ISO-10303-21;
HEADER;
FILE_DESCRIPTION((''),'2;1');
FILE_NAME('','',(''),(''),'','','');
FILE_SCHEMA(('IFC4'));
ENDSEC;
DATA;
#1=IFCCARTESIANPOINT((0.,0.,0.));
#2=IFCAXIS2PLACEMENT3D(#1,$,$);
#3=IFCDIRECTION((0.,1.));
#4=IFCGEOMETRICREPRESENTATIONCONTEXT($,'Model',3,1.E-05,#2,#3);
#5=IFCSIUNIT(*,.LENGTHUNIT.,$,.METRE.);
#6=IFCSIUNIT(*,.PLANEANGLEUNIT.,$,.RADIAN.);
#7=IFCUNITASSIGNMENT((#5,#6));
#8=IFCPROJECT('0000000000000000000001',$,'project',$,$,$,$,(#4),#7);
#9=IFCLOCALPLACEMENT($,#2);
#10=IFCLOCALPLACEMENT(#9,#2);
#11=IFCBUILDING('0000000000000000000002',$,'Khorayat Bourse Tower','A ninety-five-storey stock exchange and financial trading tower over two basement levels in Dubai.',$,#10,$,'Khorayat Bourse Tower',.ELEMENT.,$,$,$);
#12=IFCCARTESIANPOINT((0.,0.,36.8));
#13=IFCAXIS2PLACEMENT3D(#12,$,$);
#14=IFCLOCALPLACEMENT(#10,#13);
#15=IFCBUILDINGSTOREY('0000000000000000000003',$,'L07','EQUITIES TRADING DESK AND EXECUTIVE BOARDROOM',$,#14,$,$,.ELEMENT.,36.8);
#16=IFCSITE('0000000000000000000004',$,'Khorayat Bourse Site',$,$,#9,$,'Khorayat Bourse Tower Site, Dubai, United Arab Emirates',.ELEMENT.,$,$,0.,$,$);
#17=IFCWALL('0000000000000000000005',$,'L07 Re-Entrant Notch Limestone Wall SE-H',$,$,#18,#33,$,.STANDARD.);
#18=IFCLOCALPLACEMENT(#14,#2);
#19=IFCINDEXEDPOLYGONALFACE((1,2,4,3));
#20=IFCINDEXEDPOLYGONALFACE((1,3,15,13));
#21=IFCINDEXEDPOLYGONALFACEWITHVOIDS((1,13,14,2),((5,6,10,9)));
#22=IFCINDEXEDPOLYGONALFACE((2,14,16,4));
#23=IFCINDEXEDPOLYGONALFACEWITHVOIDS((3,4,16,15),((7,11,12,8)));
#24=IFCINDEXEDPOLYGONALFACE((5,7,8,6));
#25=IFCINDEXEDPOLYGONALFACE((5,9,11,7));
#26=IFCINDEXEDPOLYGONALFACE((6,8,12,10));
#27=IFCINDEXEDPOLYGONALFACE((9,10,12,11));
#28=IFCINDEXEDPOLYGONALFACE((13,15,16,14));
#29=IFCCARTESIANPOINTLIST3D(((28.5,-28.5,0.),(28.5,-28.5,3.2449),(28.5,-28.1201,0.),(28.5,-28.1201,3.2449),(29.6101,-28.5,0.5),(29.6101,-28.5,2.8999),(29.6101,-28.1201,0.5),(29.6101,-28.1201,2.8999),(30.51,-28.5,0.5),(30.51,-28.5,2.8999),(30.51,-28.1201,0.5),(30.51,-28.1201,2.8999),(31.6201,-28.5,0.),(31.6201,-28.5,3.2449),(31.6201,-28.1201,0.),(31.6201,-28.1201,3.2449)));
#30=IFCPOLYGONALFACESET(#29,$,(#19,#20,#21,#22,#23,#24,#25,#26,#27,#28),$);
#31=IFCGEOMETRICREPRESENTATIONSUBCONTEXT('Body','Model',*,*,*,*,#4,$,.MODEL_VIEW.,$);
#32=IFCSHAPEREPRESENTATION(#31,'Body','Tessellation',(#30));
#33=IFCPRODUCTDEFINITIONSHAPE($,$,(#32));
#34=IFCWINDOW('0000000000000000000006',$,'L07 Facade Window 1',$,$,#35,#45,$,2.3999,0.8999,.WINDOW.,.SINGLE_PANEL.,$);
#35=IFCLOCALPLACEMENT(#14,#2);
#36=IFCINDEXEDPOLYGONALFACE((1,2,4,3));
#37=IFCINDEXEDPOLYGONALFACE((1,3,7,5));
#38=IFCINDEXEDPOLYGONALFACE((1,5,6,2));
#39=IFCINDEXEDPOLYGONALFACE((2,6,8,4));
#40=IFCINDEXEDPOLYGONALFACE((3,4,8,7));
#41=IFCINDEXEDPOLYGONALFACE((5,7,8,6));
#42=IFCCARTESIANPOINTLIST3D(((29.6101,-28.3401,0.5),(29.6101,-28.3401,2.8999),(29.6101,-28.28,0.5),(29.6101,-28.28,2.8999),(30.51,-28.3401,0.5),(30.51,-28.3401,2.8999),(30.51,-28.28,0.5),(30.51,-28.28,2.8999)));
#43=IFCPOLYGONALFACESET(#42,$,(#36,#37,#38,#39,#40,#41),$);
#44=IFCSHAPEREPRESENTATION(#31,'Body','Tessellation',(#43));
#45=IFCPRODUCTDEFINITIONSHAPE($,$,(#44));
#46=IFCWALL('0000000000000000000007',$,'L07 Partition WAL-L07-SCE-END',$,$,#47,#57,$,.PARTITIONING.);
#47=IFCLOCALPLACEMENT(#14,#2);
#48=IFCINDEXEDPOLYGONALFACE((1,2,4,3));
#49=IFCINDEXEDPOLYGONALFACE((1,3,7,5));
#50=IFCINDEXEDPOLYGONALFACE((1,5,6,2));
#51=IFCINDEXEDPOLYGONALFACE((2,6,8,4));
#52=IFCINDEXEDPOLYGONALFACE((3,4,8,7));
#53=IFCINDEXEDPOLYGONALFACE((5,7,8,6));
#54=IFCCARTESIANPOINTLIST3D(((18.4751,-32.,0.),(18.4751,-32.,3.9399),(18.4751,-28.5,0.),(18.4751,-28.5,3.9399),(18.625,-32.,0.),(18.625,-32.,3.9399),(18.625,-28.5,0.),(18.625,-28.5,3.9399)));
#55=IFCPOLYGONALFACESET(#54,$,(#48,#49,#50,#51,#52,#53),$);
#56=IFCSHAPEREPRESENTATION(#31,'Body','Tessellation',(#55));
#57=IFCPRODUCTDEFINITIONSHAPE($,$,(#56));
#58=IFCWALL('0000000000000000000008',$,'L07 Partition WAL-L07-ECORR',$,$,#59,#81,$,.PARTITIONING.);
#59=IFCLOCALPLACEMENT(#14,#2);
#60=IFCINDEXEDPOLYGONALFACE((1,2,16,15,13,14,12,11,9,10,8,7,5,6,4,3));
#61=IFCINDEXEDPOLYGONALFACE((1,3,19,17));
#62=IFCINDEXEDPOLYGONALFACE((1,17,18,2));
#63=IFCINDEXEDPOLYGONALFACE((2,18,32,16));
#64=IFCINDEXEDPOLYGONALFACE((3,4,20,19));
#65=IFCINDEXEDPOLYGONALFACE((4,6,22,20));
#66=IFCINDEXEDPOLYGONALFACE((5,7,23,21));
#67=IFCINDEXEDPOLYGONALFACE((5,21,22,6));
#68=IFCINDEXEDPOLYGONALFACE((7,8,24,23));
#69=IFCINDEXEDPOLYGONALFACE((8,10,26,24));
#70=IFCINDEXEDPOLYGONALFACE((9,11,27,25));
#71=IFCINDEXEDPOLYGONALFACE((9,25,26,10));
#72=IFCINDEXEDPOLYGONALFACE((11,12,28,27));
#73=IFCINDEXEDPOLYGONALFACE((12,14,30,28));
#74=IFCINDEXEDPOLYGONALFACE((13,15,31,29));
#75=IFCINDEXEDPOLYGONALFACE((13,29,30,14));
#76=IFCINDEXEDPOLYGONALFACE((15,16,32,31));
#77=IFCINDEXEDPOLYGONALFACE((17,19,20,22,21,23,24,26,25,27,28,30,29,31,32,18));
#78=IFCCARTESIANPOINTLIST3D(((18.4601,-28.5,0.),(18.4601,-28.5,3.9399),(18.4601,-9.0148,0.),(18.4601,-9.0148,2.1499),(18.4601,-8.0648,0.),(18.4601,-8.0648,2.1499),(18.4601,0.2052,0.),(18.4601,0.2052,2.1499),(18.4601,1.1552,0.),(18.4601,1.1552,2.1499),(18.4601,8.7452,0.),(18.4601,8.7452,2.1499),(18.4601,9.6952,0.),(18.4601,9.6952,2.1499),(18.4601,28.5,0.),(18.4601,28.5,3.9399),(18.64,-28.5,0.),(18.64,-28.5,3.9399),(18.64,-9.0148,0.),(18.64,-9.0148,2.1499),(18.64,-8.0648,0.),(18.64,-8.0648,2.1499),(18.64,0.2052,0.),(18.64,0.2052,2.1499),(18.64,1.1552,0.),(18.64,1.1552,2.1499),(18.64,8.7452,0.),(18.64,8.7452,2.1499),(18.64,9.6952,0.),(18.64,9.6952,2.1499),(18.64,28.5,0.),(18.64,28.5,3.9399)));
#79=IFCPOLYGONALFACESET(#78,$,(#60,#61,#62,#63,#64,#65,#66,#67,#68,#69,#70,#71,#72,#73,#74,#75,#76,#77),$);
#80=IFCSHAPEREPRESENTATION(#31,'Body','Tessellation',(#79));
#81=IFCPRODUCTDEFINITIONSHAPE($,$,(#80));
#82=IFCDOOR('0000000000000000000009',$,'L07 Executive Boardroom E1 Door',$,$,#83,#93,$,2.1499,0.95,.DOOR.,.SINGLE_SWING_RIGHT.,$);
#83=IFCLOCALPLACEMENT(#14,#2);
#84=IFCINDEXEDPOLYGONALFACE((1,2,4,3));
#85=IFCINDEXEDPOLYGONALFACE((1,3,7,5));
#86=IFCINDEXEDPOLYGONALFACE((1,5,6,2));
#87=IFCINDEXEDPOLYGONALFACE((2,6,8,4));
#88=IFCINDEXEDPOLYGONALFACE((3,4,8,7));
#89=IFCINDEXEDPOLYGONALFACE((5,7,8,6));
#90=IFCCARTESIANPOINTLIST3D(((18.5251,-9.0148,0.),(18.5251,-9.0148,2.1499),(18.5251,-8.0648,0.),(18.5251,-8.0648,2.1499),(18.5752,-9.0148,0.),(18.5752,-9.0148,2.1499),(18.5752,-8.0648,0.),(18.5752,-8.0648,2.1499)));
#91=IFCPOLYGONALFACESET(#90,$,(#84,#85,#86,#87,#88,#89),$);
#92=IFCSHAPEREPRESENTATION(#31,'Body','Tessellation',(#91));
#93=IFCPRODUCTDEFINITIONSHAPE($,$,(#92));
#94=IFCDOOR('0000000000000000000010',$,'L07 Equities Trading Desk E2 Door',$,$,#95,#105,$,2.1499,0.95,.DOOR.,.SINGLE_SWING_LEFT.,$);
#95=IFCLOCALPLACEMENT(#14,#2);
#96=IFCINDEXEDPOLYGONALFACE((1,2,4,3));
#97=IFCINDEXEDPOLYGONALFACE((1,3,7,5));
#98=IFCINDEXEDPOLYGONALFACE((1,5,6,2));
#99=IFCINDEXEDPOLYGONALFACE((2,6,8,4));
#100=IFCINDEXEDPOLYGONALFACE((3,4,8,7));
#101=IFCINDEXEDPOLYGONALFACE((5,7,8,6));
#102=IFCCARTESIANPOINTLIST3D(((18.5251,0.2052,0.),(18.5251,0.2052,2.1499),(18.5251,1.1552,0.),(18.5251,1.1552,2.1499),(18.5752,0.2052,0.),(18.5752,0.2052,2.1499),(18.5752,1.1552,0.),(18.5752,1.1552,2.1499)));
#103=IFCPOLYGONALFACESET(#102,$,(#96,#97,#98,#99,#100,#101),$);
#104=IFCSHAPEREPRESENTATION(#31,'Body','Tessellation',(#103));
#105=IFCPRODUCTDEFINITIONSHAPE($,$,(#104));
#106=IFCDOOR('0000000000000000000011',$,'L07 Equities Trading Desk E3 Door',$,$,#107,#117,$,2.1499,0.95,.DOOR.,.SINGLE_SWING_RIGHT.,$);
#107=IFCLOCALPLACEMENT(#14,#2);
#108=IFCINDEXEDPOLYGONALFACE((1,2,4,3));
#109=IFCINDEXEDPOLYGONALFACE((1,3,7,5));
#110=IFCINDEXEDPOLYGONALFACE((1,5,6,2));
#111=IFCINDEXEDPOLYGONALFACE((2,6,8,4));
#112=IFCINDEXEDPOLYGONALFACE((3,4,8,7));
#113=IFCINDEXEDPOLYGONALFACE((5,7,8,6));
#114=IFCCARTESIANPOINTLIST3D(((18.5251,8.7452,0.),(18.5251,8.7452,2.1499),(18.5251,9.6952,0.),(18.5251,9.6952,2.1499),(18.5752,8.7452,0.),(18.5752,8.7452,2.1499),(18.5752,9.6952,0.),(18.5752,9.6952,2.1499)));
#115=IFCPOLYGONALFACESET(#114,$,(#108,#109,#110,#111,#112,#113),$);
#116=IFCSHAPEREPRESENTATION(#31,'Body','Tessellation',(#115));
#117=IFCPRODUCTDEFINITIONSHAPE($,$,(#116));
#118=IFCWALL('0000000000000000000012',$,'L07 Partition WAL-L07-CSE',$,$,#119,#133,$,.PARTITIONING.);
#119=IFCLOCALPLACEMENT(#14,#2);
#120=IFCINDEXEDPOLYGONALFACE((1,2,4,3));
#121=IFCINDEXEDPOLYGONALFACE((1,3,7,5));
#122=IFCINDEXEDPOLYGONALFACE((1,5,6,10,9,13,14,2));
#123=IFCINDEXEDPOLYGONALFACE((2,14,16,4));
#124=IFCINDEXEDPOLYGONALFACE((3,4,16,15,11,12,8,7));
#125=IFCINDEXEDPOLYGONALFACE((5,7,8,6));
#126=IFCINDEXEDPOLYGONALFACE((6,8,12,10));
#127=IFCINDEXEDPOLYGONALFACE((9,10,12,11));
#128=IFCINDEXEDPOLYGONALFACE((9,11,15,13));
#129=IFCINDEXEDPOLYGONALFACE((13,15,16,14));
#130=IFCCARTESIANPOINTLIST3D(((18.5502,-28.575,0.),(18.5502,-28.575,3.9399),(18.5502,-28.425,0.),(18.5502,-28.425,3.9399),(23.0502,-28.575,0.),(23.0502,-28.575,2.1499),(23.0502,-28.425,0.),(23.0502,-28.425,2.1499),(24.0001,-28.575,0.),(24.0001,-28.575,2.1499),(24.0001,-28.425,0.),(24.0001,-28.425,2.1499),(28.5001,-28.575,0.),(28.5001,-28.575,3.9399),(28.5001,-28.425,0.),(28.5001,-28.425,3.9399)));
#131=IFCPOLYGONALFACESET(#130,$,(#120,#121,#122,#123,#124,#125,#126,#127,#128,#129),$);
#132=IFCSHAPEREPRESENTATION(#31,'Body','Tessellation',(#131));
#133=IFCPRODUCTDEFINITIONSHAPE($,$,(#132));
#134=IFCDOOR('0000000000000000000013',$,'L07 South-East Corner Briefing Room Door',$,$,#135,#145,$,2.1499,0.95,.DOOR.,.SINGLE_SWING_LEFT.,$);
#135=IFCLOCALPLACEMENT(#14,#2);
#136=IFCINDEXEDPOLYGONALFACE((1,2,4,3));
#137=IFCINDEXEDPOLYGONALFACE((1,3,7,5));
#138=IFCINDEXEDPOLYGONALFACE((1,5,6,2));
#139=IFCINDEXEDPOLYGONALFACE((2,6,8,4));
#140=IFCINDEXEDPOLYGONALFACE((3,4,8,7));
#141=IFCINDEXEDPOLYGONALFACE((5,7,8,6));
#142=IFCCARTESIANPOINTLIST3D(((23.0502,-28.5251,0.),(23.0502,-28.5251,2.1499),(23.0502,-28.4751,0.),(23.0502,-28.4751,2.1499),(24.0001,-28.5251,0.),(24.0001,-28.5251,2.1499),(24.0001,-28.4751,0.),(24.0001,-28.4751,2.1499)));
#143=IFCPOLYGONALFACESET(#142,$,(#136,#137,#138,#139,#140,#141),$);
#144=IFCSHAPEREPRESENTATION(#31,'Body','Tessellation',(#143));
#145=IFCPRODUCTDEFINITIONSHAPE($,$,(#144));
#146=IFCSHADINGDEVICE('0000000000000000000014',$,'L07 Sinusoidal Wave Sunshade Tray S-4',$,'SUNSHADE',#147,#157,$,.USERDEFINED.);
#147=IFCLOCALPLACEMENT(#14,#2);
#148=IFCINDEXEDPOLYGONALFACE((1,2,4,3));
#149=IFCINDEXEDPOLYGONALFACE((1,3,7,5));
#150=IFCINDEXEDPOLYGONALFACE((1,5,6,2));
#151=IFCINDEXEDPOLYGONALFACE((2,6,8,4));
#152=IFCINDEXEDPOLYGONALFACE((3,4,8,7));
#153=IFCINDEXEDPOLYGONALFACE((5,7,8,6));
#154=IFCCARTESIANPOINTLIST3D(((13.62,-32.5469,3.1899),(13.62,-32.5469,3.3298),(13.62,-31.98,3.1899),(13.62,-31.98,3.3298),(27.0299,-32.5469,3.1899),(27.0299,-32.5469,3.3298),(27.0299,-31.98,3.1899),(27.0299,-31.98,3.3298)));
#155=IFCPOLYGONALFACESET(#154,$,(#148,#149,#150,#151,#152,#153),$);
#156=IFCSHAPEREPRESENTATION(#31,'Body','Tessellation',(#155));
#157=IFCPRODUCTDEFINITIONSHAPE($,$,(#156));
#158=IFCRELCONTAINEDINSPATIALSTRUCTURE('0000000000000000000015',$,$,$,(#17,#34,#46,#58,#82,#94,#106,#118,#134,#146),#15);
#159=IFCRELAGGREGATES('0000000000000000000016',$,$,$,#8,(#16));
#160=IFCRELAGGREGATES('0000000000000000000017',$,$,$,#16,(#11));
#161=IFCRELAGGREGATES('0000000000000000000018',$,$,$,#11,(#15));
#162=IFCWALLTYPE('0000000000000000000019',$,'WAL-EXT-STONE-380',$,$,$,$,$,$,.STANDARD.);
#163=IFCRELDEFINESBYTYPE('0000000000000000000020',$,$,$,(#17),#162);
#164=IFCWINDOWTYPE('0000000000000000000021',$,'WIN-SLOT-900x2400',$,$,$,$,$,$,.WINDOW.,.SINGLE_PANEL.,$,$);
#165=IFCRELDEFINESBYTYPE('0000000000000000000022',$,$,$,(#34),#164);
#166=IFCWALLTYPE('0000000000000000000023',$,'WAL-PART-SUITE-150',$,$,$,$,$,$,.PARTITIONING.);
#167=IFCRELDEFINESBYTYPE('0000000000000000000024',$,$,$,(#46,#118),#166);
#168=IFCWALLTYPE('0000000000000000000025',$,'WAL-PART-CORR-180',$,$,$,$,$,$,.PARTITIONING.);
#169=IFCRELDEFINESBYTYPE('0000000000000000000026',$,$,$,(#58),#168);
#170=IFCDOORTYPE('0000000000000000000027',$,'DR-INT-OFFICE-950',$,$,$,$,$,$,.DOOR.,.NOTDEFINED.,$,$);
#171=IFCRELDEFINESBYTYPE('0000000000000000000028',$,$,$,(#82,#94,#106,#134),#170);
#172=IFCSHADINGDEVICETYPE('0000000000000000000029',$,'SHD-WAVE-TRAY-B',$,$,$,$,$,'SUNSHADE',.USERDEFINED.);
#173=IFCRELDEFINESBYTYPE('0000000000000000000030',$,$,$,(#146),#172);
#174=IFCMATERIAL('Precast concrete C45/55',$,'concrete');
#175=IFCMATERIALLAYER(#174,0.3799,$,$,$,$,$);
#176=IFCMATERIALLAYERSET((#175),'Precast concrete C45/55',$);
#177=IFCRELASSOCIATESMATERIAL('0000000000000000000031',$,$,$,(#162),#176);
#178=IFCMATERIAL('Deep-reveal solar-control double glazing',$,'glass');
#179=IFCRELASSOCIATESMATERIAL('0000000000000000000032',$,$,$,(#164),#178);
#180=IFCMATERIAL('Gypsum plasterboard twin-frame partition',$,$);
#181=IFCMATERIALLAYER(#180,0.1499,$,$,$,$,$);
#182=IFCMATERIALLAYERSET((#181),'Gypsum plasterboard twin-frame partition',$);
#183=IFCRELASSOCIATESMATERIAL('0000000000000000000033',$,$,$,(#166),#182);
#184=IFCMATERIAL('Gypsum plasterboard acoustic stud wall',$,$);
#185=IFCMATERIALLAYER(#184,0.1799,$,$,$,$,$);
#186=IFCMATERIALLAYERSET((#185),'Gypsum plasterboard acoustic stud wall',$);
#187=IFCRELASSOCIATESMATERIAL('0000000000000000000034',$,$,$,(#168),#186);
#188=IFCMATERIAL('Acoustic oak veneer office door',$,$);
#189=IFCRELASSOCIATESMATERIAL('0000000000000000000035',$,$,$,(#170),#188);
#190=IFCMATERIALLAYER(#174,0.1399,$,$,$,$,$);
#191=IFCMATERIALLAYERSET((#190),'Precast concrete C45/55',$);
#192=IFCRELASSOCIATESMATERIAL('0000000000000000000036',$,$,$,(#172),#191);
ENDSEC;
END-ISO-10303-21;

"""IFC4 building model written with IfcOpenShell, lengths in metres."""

from ifc_helpers import new_model, si_unit, direction, frame, frame_2d, origin, origin_2d, place, context, subcontext, project, spatial, rectangle, extrude, source, transform, mapped, material, layer, layer_set, type_object, element, fill, save


model = new_model("IFC4")

# Units and contexts
model_context = context("Model", 3, precision=1e-05, world=origin(), true_north=direction((0.0, 1.0)))
body_context = subcontext(model_context, "Body", "Model", "MODEL_VIEW")
ifc_project = project(units=[si_unit("LENGTHUNIT", "METRE"), si_unit("PLANEANGLEUNIT", "RADIAN")], contexts=[model_context])

# Site, building, storey
site_placement = place(None, origin())
site = spatial("IfcSite", under=ifc_project, at=site_placement, Name="Khorayat Bourse Site", LongName="Khorayat Bourse Tower Site, Dubai, United Arab Emirates", CompositionType="ELEMENT", RefElevation=0.0)
building_placement = place(site_placement, origin())
building = spatial("IfcBuilding", under=site, at=building_placement, Name="Khorayat Bourse Tower", Description="A ninety-five-storey stock exchange and financial trading tower over two basement levels in Dubai.", LongName="Khorayat Bourse Tower", CompositionType="ELEMENT")
storey_placement = place(building_placement, frame((0.0, 0.0, 36.8)))
storey = spatial("IfcBuildingStorey", under=building, at=storey_placement, Name="L07", Description="EQUITIES TRADING DESK AND EXECUTIVE BOARDROOM", CompositionType="ELEMENT", Elevation=36.8)

# Wall, opening, window
ifc_material_1 = material(Name="Precast concrete C45/55", Category="concrete")
ifc_layer_1 = layer(ifc_material_1, 0.3799)
ifc_layer_set_1 = layer_set([ifc_layer_1], Name="Precast concrete C45/55")
wall_type_1 = type_object("IfcWallType", Name="WAL-EXT-STONE-380", PredefinedType="STANDARD", material=ifc_layer_set_1)
shared_shape_1 = source(origin(), body_context, "Body", "SweptSolid", [
    extrude(rectangle(XDim=3.1201, YDim=0.3799, at=frame_2d((1.5601, 0.0))), origin(), (0.0, 0.0, 1.0), 3.2449),
])
shared_shape_2 = source(origin(), body_context, "Body", "SweptSolid", [
    extrude(rectangle(XDim=0.8999, YDim=2.3999, at=frame_2d((0.45, 1.2))), frame((0.0, 0.2, 0.0), z_axis=(0.0, -1.0, 0.0), x_axis=(1.0, 0.0, 0.0)), (0.0, 0.0, 1.0), 0.3999),
])
ifc_material_2 = material(Name="Deep-reveal solar-control double glazing", Category="glass")
window_type = type_object("IfcWindowType", Name="WIN-SLOT-900x2400", PartitioningType="SINGLE_PANEL", PredefinedType="WINDOW", material=ifc_material_2)
shared_shape_3 = source(origin(), body_context, "Body", "SweptSolid", [
    extrude(rectangle(XDim=0.8999, YDim=2.3999, at=frame_2d((0.45, 1.2))), frame((0.0, 0.03, 0.0), z_axis=(0.0, -1.0, 0.0), x_axis=(1.0, 0.0, 0.0)), (0.0, 0.0, 1.0), 0.0601),
])
wall_1_placement = place(storey_placement, frame((28.5, -28.3101, 0.0), z_axis=(0.0, 0.0, 1.0), x_axis=(1.0, 0.0, 0.0)))
wall_1 = element("IfcWall", 1, at=wall_1_placement, inside=storey, type_object=wall_type_1, Name="L07 Re-Entrant Notch Limestone Wall SE-H", PredefinedType="STANDARD", context=body_context, shape_type="MappedRepresentation", body=[
    mapped(shared_shape_1, transform((0.0, 0.0, 0.0), scale=1.0)),
])
opening_1_placement = place(wall_1_placement, frame((1.1101, 0.0, 0.5)))
opening_1 = element("IfcOpeningElement", 2, at=opening_1_placement, cuts=wall_1, PredefinedType="OPENING", context=body_context, shape_type="MappedRepresentation", body=[
    mapped(shared_shape_2, transform((0.0, 0.0, 0.0), scale=1.0)),
])
window_1_placement = place(opening_1_placement, origin())
window_1 = element("IfcWindow", 3, at=window_1_placement, inside=storey, type_object=window_type, Name="L07 Facade Window 1", OverallHeight=2.3999, OverallWidth=0.8999, PartitioningType="SINGLE_PANEL", PredefinedType="WINDOW", context=body_context, shape_type="MappedRepresentation", body=[
    mapped(shared_shape_3, transform((0.0, 0.0, 0.0), scale=1.0)),
])
fill(opening_1, window_1)

# Wall
ifc_material_3 = material(Name="Gypsum plasterboard twin-frame partition")
ifc_layer_2 = layer(ifc_material_3, 0.1499)
ifc_layer_set_2 = layer_set([ifc_layer_2], Name="Gypsum plasterboard twin-frame partition")
wall_type_2 = type_object("IfcWallType", Name="WAL-PART-SUITE-150", PredefinedType="PARTITIONING", material=ifc_layer_set_2)
shared_shape_4 = source(origin(), body_context, "Body", "SweptSolid", [
    extrude(rectangle(XDim=3.5, YDim=0.1499, at=frame_2d((1.75, 0.0))), origin(), (0.0, 0.0, 1.0), 3.9399),
])
wall_2_placement = place(storey_placement, frame((18.55, -32.0, 0.0), z_axis=(0.0, 0.0, 1.0), x_axis=(0.0, 1.0, 0.0)))
element("IfcWall", 4, at=wall_2_placement, inside=storey, type_object=wall_type_2, Name="L07 Partition WAL-L07-SCE-END", PredefinedType="PARTITIONING", context=body_context, shape_type="MappedRepresentation", body=[
    mapped(shared_shape_4, transform((0.0, 0.0, 0.0), scale=1.0)),
])

# Wall, openings, doors
ifc_material_4 = material(Name="Gypsum plasterboard acoustic stud wall")
ifc_layer_3 = layer(ifc_material_4, 0.1799)
ifc_layer_set_3 = layer_set([ifc_layer_3], Name="Gypsum plasterboard acoustic stud wall")
wall_type_3 = type_object("IfcWallType", Name="WAL-PART-CORR-180", PredefinedType="PARTITIONING", material=ifc_layer_set_3)
shared_shape_5 = source(origin(), body_context, "Body", "SweptSolid", [
    extrude(rectangle(XDim=57.0, YDim=0.1799, at=frame_2d((28.5, 0.0))), origin(), (0.0, 0.0, 1.0), 3.9399),
])
wall_3_placement = place(storey_placement, frame((18.55, -28.5, 0.0), z_axis=(0.0, 0.0, 1.0), x_axis=(0.0, 1.0, 0.0)))
wall_3 = element("IfcWall", 5, at=wall_3_placement, inside=storey, type_object=wall_type_3, Name="L07 Partition WAL-L07-ECORR", PredefinedType="PARTITIONING", context=body_context, shape_type="MappedRepresentation", body=[
    mapped(shared_shape_5, transform((0.0, 0.0, 0.0), scale=1.0)),
])
shared_shape_6 = source(origin(), body_context, "Body", "SweptSolid", [
    extrude(rectangle(XDim=0.95, YDim=2.1499, at=frame_2d((0.4751, 1.075))), frame((0.0, 0.0999, 0.0), z_axis=(0.0, -1.0, 0.0), x_axis=(1.0, 0.0, 0.0)), (0.0, 0.0, 1.0), 0.2),
])
opening_2_placement = place(wall_3_placement, frame((19.4851, 0.0, 0.0)))
opening_2 = element("IfcOpeningElement", 6, at=opening_2_placement, cuts=wall_3, PredefinedType="OPENING", context=body_context, shape_type="MappedRepresentation", body=[
    mapped(shared_shape_6, transform((0.0, 0.0, 0.0), scale=1.0)),
])
opening_3_placement = place(wall_3_placement, frame((28.7051, 0.0, 0.0)))
opening_3 = element("IfcOpeningElement", 7, at=opening_3_placement, cuts=wall_3, PredefinedType="OPENING", context=body_context, shape_type="MappedRepresentation", body=[
    mapped(shared_shape_6, transform((0.0, 0.0, 0.0), scale=1.0)),
])
opening_4_placement = place(wall_3_placement, frame((37.2451, 0.0, 0.0)))
opening_4 = element("IfcOpeningElement", 8, at=opening_4_placement, cuts=wall_3, PredefinedType="OPENING", context=body_context, shape_type="MappedRepresentation", body=[
    mapped(shared_shape_6, transform((0.0, 0.0, 0.0), scale=1.0)),
])
ifc_material_5 = material(Name="Acoustic oak veneer office door")
door_type = type_object("IfcDoorType", Name="DR-INT-OFFICE-950", OperationType="NOTDEFINED", PredefinedType="DOOR", material=ifc_material_5)
shared_shape_7 = source(origin(), body_context, "Body", "SweptSolid", [
    extrude(rectangle(XDim=0.95, YDim=2.1499, at=frame_2d((0.4751, 1.075))), frame((0.0, 0.0249, 0.0), z_axis=(0.0, -1.0, 0.0), x_axis=(1.0, 0.0, 0.0)), (0.0, 0.0, 1.0), 0.05),
])
door_1_placement = place(opening_2_placement, origin())
door_1 = element("IfcDoor", 9, at=door_1_placement, inside=storey, type_object=door_type, Name="L07 Executive Boardroom E1 Door", OperationType="SINGLE_SWING_RIGHT", OverallHeight=2.1499, OverallWidth=0.95, PredefinedType="DOOR", context=body_context, shape_type="MappedRepresentation", body=[
    mapped(shared_shape_7, transform((0.0, 0.0, 0.0), scale=1.0)),
])
fill(opening_2, door_1)
door_2_placement = place(opening_3_placement, origin())
door_2 = element("IfcDoor", 10, at=door_2_placement, inside=storey, type_object=door_type, Name="L07 Equities Trading Desk E2 Door", OperationType="SINGLE_SWING_LEFT", OverallHeight=2.1499, OverallWidth=0.95, PredefinedType="DOOR", context=body_context, shape_type="MappedRepresentation", body=[
    mapped(shared_shape_7, transform((0.0, 0.0, 0.0), scale=1.0)),
])
fill(opening_3, door_2)
door_3_placement = place(opening_4_placement, origin())
door_3 = element("IfcDoor", 11, at=door_3_placement, inside=storey, type_object=door_type, Name="L07 Equities Trading Desk E3 Door", OperationType="SINGLE_SWING_RIGHT", OverallHeight=2.1499, OverallWidth=0.95, PredefinedType="DOOR", context=body_context, shape_type="MappedRepresentation", body=[
    mapped(shared_shape_7, transform((0.0, 0.0, 0.0), scale=1.0)),
])
fill(opening_4, door_3)

# Wall, opening, door
shared_shape_8 = source(origin(), body_context, "Body", "SweptSolid", [
    extrude(rectangle(XDim=9.95, YDim=0.1499, at=frame_2d((4.9751, 0.0))), origin(), (0.0, 0.0, 1.0), 3.9399),
])
wall_4_placement = place(storey_placement, frame((18.55, -28.5, 0.0), z_axis=(0.0, 0.0, 1.0), x_axis=(1.0, 0.0, 0.0)))
wall_4 = element("IfcWall", 12, at=wall_4_placement, inside=storey, type_object=wall_type_2, Name="L07 Partition WAL-L07-CSE", PredefinedType="PARTITIONING", context=body_context, shape_type="MappedRepresentation", body=[
    mapped(shared_shape_8, transform((0.0, 0.0, 0.0), scale=1.0)),
])
shared_shape_9 = source(origin(), body_context, "Body", "SweptSolid", [
    extrude(rectangle(XDim=0.95, YDim=2.1499, at=frame_2d((0.4751, 1.075))), frame((0.0, 0.085, 0.0), z_axis=(0.0, -1.0, 0.0), x_axis=(1.0, 0.0, 0.0)), (0.0, 0.0, 1.0), 0.1699),
])
opening_5_placement = place(wall_4_placement, frame((4.5, 0.0, 0.0)))
opening_5 = element("IfcOpeningElement", 13, at=opening_5_placement, cuts=wall_4, PredefinedType="OPENING", context=body_context, shape_type="MappedRepresentation", body=[
    mapped(shared_shape_9, transform((0.0, 0.0, 0.0), scale=1.0)),
])
door_4_placement = place(opening_5_placement, origin())
door_4 = element("IfcDoor", 14, at=door_4_placement, inside=storey, type_object=door_type, Name="L07 South-East Corner Briefing Room Door", OperationType="SINGLE_SWING_LEFT", OverallHeight=2.1499, OverallWidth=0.95, PredefinedType="DOOR", context=body_context, shape_type="MappedRepresentation", body=[
    mapped(shared_shape_7, transform((0.0, 0.0, 0.0), scale=1.0)),
])
fill(opening_5, door_4)

# Shading device
ifc_layer_4 = layer(ifc_material_1, 0.1399)
ifc_layer_set_4 = layer_set([ifc_layer_4], Name="Precast concrete C45/55")
shading_device_type = type_object("IfcShadingDeviceType", Name="SHD-WAVE-TRAY-B", ElementType="SUNSHADE", PredefinedType="USERDEFINED", material=ifc_layer_set_4)
shared_shape_10 = source(origin(), body_context, "Body", "SweptSolid", [
    extrude(rectangle(XDim=13.4099, YDim=0.5669, at=origin_2d()), origin(), (0.0, 0.0, 1.0), 0.1399),
])
shading_device_placement = place(storey_placement, frame((20.325, -32.2634, 3.1899), z_axis=(0.0, 0.0, 1.0), x_axis=(1.0, 0.0, 0.0)))
element("IfcShadingDevice", 15, at=shading_device_placement, inside=storey, type_object=shading_device_type, Name="L07 Sinusoidal Wave Sunshade Tray S-4", ObjectType="SUNSHADE", PredefinedType="USERDEFINED", context=body_context, shape_type="MappedRepresentation", body=[
    mapped(shared_shape_10, transform((0.0, 0.0, 0.0), scale=1.0)),
])

save(model, "model.ifc")
